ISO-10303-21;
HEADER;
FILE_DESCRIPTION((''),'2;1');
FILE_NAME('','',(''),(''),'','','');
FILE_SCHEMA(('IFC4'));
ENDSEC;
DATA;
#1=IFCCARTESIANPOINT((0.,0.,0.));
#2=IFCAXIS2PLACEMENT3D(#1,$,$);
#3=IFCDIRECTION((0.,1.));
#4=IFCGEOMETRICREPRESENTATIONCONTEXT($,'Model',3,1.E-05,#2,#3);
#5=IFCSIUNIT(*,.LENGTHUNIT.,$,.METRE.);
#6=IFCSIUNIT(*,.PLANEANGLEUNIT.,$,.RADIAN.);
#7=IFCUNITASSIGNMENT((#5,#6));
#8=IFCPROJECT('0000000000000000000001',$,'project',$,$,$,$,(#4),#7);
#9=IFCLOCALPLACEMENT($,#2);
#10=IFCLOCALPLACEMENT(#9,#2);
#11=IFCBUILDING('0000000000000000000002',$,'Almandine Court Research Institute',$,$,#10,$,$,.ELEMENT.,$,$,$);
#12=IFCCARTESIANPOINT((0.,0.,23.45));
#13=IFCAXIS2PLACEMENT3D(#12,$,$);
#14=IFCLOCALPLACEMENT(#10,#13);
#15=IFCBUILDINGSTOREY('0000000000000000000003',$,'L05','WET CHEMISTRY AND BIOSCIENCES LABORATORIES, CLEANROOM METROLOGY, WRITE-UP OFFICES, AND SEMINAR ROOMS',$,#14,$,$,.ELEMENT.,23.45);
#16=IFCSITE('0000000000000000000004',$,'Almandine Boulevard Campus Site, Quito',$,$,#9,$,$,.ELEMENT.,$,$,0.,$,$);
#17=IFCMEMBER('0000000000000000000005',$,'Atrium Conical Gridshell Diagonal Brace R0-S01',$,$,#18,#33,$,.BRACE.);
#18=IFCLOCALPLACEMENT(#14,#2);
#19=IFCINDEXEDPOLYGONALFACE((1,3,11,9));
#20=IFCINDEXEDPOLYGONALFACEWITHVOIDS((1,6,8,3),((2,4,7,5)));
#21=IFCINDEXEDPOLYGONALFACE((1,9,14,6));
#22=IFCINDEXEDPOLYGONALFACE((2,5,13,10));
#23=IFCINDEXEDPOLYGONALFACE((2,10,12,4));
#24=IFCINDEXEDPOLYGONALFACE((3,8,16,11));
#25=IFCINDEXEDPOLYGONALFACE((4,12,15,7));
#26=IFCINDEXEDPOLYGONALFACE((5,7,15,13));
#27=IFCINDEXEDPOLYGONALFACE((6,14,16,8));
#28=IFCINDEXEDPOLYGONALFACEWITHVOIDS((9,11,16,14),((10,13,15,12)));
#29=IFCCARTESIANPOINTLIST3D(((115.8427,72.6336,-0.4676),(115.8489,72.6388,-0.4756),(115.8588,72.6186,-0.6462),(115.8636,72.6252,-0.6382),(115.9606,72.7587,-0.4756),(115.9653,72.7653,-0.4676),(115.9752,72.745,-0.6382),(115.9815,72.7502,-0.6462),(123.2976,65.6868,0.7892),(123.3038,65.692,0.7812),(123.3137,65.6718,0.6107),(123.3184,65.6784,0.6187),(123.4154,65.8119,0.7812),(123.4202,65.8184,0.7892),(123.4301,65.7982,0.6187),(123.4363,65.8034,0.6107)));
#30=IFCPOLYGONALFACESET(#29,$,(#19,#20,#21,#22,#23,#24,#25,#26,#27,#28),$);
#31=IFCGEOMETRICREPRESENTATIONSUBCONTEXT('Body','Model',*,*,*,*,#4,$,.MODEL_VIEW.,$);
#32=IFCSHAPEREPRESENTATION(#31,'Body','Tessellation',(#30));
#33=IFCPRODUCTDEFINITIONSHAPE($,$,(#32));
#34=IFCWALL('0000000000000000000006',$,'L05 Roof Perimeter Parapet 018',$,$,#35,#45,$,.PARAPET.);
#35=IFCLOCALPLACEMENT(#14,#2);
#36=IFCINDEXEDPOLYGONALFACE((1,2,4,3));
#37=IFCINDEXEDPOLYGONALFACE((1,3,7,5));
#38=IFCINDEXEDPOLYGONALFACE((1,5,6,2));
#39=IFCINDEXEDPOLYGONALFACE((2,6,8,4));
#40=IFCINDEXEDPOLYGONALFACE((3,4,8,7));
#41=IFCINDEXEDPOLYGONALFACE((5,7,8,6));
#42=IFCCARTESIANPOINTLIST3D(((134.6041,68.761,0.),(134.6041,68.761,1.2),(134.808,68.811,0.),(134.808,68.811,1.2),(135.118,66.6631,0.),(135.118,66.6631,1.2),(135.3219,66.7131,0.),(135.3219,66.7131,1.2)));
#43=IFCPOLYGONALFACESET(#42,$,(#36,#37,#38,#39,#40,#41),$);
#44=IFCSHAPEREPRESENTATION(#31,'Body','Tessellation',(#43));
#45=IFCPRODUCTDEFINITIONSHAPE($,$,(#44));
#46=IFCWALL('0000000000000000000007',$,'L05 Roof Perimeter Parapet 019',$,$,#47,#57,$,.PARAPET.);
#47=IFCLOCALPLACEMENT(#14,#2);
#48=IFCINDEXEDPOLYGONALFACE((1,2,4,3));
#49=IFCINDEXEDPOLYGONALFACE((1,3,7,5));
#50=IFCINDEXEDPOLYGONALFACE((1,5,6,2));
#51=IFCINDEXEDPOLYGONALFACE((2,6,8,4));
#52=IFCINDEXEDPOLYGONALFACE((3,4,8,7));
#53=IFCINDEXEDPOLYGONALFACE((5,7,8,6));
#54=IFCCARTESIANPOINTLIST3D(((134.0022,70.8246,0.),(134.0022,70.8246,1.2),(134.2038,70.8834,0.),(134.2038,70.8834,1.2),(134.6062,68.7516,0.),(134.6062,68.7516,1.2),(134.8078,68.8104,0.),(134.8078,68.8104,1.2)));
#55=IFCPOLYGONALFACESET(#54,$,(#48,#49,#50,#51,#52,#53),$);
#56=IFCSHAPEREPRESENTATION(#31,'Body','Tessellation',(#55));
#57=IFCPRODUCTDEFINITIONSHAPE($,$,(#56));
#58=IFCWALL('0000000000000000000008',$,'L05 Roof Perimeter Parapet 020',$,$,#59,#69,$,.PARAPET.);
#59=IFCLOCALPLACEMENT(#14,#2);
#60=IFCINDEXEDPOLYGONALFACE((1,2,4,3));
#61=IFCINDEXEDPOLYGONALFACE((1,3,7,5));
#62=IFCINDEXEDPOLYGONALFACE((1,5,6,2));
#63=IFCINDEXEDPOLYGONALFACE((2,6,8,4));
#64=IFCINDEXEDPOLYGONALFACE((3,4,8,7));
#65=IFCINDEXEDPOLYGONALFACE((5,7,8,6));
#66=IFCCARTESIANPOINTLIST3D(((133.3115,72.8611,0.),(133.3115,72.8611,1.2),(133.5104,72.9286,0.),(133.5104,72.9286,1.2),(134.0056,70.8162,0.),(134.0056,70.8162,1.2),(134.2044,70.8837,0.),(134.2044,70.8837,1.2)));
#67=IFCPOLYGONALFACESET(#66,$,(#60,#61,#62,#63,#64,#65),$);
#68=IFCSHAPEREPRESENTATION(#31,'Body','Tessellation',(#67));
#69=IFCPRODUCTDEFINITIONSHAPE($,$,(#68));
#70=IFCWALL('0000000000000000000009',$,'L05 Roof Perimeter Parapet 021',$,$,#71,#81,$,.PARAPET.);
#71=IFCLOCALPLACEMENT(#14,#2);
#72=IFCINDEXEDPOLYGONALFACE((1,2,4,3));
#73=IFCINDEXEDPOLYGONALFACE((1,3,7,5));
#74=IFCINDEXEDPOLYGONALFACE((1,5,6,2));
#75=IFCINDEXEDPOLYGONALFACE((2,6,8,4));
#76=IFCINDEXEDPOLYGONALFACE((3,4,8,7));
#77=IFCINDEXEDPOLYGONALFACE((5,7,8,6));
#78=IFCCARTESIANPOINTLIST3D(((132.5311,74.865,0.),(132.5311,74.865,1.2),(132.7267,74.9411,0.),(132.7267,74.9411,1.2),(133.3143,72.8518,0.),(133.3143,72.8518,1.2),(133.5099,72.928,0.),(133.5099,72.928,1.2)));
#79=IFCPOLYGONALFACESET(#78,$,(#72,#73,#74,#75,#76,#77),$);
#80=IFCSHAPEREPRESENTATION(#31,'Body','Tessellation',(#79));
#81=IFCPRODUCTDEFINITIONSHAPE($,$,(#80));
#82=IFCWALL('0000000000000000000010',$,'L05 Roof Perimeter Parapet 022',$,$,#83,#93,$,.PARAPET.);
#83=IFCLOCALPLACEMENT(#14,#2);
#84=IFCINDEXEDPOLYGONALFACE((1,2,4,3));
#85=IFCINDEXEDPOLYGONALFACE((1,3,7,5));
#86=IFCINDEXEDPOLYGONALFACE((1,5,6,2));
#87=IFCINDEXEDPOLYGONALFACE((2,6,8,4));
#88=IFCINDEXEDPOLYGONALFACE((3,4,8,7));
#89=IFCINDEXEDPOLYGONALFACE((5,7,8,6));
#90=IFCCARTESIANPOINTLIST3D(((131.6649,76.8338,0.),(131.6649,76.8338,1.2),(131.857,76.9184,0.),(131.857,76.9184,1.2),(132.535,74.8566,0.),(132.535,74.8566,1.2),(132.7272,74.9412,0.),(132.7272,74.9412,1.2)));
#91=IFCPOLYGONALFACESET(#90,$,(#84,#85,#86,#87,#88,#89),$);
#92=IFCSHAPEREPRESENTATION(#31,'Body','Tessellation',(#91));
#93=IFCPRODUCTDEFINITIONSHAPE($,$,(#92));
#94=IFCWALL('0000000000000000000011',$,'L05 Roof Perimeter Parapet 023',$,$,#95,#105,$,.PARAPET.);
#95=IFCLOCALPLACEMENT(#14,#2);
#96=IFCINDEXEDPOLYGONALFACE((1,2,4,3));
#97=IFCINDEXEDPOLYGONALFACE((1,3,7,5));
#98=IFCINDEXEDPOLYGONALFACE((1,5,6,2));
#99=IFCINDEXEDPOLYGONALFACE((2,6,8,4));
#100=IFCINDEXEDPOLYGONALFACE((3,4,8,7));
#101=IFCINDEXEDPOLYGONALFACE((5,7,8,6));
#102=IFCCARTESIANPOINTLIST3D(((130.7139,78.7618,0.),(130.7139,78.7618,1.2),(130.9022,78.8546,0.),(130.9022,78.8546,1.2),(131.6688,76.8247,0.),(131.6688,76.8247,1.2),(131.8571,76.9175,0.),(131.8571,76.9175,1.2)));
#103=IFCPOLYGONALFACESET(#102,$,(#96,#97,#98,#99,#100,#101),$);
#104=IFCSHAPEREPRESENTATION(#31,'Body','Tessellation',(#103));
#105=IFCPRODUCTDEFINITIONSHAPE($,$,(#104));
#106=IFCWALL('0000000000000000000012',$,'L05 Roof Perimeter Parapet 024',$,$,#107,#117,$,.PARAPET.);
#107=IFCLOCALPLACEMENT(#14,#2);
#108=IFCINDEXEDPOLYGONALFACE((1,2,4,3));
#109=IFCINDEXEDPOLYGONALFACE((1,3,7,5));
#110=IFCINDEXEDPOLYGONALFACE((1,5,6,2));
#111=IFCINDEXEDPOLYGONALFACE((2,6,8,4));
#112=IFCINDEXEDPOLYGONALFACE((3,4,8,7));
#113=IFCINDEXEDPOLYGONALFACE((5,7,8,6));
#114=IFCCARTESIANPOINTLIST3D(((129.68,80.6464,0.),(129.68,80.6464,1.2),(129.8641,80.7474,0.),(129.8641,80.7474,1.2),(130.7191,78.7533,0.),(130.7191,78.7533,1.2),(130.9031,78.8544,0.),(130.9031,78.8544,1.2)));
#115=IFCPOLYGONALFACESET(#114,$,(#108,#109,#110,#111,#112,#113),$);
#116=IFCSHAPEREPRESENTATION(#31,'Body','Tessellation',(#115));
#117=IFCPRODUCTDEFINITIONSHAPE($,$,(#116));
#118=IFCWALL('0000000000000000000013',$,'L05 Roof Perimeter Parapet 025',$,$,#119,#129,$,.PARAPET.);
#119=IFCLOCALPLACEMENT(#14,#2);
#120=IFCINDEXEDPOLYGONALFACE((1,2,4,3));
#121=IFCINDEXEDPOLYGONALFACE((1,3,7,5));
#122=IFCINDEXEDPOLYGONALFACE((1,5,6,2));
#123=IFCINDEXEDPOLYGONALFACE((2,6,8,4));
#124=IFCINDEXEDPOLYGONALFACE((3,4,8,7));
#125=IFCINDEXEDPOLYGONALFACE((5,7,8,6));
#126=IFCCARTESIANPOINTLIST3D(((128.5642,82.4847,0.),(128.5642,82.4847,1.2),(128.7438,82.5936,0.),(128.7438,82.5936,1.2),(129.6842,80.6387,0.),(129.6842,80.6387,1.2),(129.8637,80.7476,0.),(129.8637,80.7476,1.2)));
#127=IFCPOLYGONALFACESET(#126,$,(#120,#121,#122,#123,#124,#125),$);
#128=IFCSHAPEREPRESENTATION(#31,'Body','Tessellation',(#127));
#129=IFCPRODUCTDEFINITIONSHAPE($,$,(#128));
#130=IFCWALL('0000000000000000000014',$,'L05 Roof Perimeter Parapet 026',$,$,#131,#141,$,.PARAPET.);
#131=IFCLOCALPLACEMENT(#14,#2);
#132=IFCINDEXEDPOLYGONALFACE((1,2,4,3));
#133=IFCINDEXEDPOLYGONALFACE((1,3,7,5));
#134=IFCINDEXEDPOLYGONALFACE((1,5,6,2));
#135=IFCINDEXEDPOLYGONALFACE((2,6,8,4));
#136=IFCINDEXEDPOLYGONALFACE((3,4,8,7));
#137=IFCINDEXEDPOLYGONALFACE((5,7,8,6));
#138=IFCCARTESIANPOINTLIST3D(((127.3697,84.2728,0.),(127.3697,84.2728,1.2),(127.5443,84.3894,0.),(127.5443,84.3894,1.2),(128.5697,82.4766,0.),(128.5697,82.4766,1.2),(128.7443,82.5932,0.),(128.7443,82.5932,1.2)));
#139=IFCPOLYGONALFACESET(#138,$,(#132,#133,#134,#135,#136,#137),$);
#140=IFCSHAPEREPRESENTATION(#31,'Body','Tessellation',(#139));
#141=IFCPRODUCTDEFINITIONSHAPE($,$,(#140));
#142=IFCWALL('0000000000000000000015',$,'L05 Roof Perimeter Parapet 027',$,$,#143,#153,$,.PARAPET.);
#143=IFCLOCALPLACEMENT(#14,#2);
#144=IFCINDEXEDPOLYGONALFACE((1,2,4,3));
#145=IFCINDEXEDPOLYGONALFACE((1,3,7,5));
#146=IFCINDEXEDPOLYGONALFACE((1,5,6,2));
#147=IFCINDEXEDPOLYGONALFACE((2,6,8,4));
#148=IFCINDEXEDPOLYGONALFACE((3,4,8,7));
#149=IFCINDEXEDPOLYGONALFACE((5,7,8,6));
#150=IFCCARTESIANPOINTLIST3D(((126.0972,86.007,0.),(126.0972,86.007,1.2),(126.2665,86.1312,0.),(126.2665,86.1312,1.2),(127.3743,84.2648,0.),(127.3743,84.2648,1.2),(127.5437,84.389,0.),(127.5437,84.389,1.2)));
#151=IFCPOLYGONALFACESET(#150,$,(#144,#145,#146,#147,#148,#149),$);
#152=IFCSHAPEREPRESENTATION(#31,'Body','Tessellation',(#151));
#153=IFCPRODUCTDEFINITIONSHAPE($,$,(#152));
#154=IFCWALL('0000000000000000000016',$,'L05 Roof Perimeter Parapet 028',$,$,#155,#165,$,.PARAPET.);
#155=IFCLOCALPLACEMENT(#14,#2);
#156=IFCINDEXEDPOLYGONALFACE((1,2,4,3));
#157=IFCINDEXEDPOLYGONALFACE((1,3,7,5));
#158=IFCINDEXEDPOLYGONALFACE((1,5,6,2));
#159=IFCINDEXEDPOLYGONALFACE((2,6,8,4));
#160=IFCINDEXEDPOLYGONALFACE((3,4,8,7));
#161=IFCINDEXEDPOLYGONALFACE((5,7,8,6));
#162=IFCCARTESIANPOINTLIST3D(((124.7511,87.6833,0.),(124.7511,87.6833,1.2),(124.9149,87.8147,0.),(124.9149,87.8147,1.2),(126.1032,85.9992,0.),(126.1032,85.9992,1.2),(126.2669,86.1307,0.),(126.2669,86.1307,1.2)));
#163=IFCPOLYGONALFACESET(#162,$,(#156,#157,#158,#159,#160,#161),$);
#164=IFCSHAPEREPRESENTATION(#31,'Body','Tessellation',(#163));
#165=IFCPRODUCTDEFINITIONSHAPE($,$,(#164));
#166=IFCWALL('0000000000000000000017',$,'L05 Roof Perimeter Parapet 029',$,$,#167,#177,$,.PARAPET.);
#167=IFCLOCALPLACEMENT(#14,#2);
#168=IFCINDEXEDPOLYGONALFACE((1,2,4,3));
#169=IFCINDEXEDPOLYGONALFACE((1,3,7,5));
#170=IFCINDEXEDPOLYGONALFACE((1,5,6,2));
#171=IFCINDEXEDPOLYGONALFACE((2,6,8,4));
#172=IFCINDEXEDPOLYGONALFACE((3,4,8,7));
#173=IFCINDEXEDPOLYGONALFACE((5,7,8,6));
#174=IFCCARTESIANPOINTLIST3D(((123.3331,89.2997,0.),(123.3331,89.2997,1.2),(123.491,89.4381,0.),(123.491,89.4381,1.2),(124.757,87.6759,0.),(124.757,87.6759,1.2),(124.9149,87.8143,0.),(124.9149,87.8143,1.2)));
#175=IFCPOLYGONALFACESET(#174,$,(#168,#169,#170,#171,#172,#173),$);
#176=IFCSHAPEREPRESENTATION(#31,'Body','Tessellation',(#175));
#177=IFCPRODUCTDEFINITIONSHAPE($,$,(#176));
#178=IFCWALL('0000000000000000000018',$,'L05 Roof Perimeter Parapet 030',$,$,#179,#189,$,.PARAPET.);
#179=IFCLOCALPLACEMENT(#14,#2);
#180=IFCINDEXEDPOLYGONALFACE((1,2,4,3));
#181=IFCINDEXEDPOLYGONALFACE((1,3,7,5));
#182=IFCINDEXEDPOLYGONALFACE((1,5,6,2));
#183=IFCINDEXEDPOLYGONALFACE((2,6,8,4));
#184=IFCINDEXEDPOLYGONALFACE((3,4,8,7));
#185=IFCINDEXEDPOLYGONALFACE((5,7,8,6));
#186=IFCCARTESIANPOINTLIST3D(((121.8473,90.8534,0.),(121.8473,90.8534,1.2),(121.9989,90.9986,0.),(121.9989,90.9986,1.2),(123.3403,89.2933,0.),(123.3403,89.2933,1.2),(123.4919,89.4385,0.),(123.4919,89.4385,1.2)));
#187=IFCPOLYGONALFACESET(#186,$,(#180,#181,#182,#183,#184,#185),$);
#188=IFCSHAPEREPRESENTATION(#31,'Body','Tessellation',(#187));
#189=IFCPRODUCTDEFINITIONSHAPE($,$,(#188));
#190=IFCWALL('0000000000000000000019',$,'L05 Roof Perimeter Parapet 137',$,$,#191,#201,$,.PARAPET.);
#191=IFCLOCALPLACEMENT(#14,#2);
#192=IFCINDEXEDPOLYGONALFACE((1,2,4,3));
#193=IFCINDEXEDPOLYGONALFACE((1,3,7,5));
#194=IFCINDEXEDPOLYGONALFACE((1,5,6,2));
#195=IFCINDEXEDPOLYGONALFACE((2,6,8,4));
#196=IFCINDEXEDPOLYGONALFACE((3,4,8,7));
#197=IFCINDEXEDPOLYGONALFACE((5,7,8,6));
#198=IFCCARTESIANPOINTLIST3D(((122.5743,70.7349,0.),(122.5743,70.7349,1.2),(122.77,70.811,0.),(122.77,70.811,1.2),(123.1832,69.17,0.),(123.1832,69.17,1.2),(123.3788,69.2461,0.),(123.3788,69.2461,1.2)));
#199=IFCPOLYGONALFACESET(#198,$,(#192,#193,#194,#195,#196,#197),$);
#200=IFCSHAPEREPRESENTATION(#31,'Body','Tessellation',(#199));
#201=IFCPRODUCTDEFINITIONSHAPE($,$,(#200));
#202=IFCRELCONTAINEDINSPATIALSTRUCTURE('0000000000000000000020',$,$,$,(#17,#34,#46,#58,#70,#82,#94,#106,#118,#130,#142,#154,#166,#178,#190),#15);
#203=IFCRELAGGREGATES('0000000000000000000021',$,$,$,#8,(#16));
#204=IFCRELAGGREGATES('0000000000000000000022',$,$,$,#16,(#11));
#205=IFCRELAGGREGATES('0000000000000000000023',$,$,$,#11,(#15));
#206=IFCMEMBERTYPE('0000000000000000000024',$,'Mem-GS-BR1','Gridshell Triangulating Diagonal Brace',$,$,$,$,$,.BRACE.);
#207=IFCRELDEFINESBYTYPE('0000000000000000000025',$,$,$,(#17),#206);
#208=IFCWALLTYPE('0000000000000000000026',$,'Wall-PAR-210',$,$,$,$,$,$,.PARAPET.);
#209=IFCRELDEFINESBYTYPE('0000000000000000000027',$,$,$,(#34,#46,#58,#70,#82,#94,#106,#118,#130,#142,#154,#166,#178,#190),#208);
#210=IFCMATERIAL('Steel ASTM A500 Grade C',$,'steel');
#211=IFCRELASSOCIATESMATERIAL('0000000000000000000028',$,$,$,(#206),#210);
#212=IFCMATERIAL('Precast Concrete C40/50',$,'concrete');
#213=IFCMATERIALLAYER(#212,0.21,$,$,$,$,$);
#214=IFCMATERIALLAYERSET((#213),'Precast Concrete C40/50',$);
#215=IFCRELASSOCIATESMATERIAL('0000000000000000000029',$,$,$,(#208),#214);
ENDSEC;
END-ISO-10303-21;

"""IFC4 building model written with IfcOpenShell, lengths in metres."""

from ifc_helpers import new_model, si_unit, direction, frame, frame_2d, origin, origin_2d, place, context, subcontext, project, spatial, rectangle, hollow_rectangle, extrude, material, layer, layer_set, material_profile, profile_set, type_object, element, save


model = new_model("IFC4")

# Units and contexts
model_context = context("Model", 3, precision=1e-05, world=origin(), true_north=direction((0.0, 1.0)))
body_context = subcontext(model_context, "Body", "Model", "MODEL_VIEW")
ifc_project = project(units=[si_unit("LENGTHUNIT", "METRE"), si_unit("PLANEANGLEUNIT", "RADIAN")], contexts=[model_context])

# Site, building, storey
site_placement = place(None, origin())
site = spatial("IfcSite", under=ifc_project, at=site_placement, Name="Almandine Boulevard Campus Site, Quito", CompositionType="ELEMENT", RefElevation=0.0)
building_placement = place(site_placement, origin())
building = spatial("IfcBuilding", under=site, at=building_placement, Name="Almandine Court Research Institute", CompositionType="ELEMENT")
storey_placement = place(building_placement, frame((0.0, 0.0, 23.45)))
storey = spatial("IfcBuildingStorey", under=building, at=storey_placement, Name="L05", Description="WET CHEMISTRY AND BIOSCIENCES LABORATORIES, CLEANROOM METROLOGY, WRITE-UP OFFICES, AND SEMINAR ROOMS", CompositionType="ELEMENT", Elevation=23.45)

# Member
ifc_material_1 = material(Name="Steel ASTM A500 Grade C", Category="steel")
ifc_material_profile = material_profile(ifc_material_1, hollow_rectangle(XDim=0.1799, YDim=0.1799, WallThickness=0.0081, at=origin_2d()), Name="HSS 180x180x8")
ifc_profile_set = profile_set([ifc_material_profile], Name="Steel ASTM A500 Grade C")
member_type = type_object("IfcMemberType", Name="Mem-GS-BR1", Description="Gridshell Triangulating Diagonal Brace", PredefinedType="BRACE", material=ifc_profile_set)
member_placement = place(storey_placement, frame((123.3669, 65.7451, 0.7), z_axis=(-0.726095, 0.67661, -0.122415), x_axis=(-0.681738, -0.731597, 0.0)))
element("IfcMember", 1, at=member_placement, inside=storey, type_object=member_type, Name="Atrium Conical Gridshell Diagonal Brace R0-S01", PredefinedType="BRACE", context=body_context, shape_type="SweptSolid", body=[
    extrude(hollow_rectangle(XDim=0.1799, YDim=0.1799, WallThickness=0.0081, at=origin_2d()), origin(), (0.0, 0.0, 1.0), 10.2671),
])

# Walls
ifc_material_2 = material(Name="Precast Concrete C40/50", Category="concrete")
ifc_layer_1 = layer(ifc_material_2, 0.21)
ifc_layer_set_1 = layer_set([ifc_layer_1], Name="Precast Concrete C40/50")
wall_type_1 = type_object("IfcWallType", Name="Wall-PAR-210", PredefinedType="PARAPET", material=ifc_layer_set_1)
wall_1_placement = place(storey_placement, frame((135.22, 66.688, 0.0), z_axis=(0.0, 0.0, 1.0), x_axis=(-0.237932, 0.971282, 0.0)))
element("IfcWall", 2, at=wall_1_placement, inside=storey, type_object=wall_type_1, Name="L05 Roof Perimeter Parapet 018", PredefinedType="PARAPET", context=body_context, shape_type="SweptSolid", body=[
    extrude(rectangle(XDim=2.1599, YDim=0.21, at=frame_2d((1.0801, 0.0))), origin(), (0.0, 0.0, 1.0), 1.2),
])
wall_2_placement = place(storey_placement, frame((134.707, 68.781, 0.0), z_axis=(0.0, 0.0, 1.0), x_axis=(-0.279735, 0.960077, 0.0)))
element("IfcWall", 3, at=wall_2_placement, inside=storey, type_object=wall_type_1, Name="L05 Roof Perimeter Parapet 019", PredefinedType="PARAPET", context=body_context, shape_type="SweptSolid", body=[
    extrude(rectangle(XDim=2.1592, YDim=0.21, at=frame_2d((1.0796, 0.0))), origin(), (0.0, 0.0, 1.0), 1.2),
])
wall_3_placement = place(storey_placement, frame((134.105, 70.8501, 0.0), z_axis=(0.0, 0.0, 1.0), x_axis=(-0.321412, 0.946939, 0.0)))
element("IfcWall", 4, at=wall_3_placement, inside=storey, type_object=wall_type_1, Name="L05 Roof Perimeter Parapet 020", PredefinedType="PARAPET", context=body_context, shape_type="SweptSolid", body=[
    extrude(rectangle(XDim=2.1594, YDim=0.21, at=frame_2d((1.0796, 0.0))), origin(), (0.0, 0.0, 1.0), 1.2),
])
for number, where, z_axis, x_axis, name in (
    (5, (133.4121, 72.8899, 0.0), (0.0, 0.0, 1.0), (-0.362566, 0.931958, 0.0), "L05 Roof Perimeter Parapet 021"),
    (6, (132.6311, 74.8989, 0.0), (0.0, 0.0, 1.0), (-0.402822, 0.915278, 0.0), "L05 Roof Perimeter Parapet 022"),
):
    element("IfcWall", number, at=place(storey_placement, frame(where, z_axis=z_axis, x_axis=x_axis)), inside=storey, type_object=wall_type_1, Name=name, PredefinedType="PARAPET", context=body_context, shape_type="SweptSolid", body=[
        extrude(rectangle(XDim=2.1602, YDim=0.21, at=frame_2d((1.0801, 0.0))), origin(), (0.0, 0.0, 1.0), 1.2),
    ])
wall_4_placement = place(storey_placement, frame((131.7629, 76.8711, 0.0), z_axis=(0.0, 0.0, 1.0), x_axis=(-0.442142, 0.896945, 0.0)))
element("IfcWall", 7, at=wall_4_placement, inside=storey, type_object=wall_type_1, Name="L05 Roof Perimeter Parapet 023", PredefinedType="PARAPET", context=body_context, shape_type="SweptSolid", body=[
    extrude(rectangle(XDim=2.1597, YDim=0.21, at=frame_2d((1.0798, 0.0))), origin(), (0.0, 0.0, 1.0), 1.2),
])
wall_5_placement = place(storey_placement, frame((130.811, 78.804, 0.0), z_axis=(0.0, 0.0, 1.0), x_axis=(-0.481163, 0.876631, 0.0)))
element("IfcWall", 8, at=wall_5_placement, inside=storey, type_object=wall_type_1, Name="L05 Roof Perimeter Parapet 024", PredefinedType="PARAPET", context=body_context, shape_type="SweptSolid", body=[
    extrude(rectangle(XDim=2.1594, YDim=0.21, at=frame_2d((1.0796, 0.0))), origin(), (0.0, 0.0, 1.0), 1.2),
])
wall_6_placement = place(storey_placement, frame((129.7739, 80.6931, 0.0), z_axis=(0.0, 0.0, 1.0), x_axis=(-0.51868, 0.854968, 0.0)))
element("IfcWall", 9, at=wall_6_placement, inside=storey, type_object=wall_type_1, Name="L05 Roof Perimeter Parapet 025", PredefinedType="PARAPET", context=body_context, shape_type="SweptSolid", body=[
    extrude(rectangle(XDim=2.1592, YDim=0.21, at=frame_2d((1.0796, 0.0))), origin(), (0.0, 0.0, 1.0), 1.2),
])
for number, where, z_axis, x_axis, name in (
    (10, (128.657, 82.5349, 0.0), (0.0, 0.0, 1.0), (-0.555508, 0.831511, 0.0), "L05 Roof Perimeter Parapet 026"),
    (11, (127.459, 84.3269, 0.0), (0.0, 0.0, 1.0), (-0.591212, 0.806516, 0.0), "L05 Roof Perimeter Parapet 027"),
):
    element("IfcWall", number, at=place(storey_placement, frame(where, z_axis=z_axis, x_axis=x_axis)), inside=storey, type_object=wall_type_1, Name=name, PredefinedType="PARAPET", context=body_context, shape_type="SweptSolid", body=[
        extrude(rectangle(XDim=2.1602, YDim=0.21, at=frame_2d((1.0801, 0.0))), origin(), (0.0, 0.0, 1.0), 1.2),
    ])
for number, where, z_axis, x_axis, name in (
    (12, (126.1851, 86.0649, 0.0), (0.0, 0.0, 1.0), (-0.626045, 0.779787, 0.0), "L05 Roof Perimeter Parapet 028"),
    (13, (124.8359, 87.7451, 0.0), (0.0, 0.0, 1.0), (-0.659297, 0.751883, 0.0), "L05 Roof Perimeter Parapet 029"),
):
    element("IfcWall", number, at=place(storey_placement, frame(where, z_axis=z_axis, x_axis=x_axis)), inside=storey, type_object=wall_type_1, Name=name, PredefinedType="PARAPET", context=body_context, shape_type="SweptSolid", body=[
        extrude(rectangle(XDim=2.1597, YDim=0.21, at=frame_2d((1.0798, 0.0))), origin(), (0.0, 0.0, 1.0), 1.2),
    ])
wall_7_placement = place(storey_placement, frame((123.416, 89.366, 0.0), z_axis=(0.0, 0.0, 1.0), x_axis=(-0.691389, 0.722482, 0.0)))
element("IfcWall", 14, at=wall_7_placement, inside=storey, type_object=wall_type_1, Name="L05 Roof Perimeter Parapet 030", PredefinedType="PARAPET", context=body_context, shape_type="SweptSolid", body=[
    extrude(rectangle(XDim=2.1594, YDim=0.21, at=frame_2d((1.0796, 0.0))), origin(), (0.0, 0.0, 1.0), 1.2),
])
wall_8_placement = place(storey_placement, frame((122.6721, 70.7729, 0.0), z_axis=(0.0, 0.0, 1.0), x_axis=(0.362601, -0.931945, 0.0)))
element("IfcWall", 15, at=wall_8_placement, inside=storey, type_object=wall_type_1, Name="L05 Roof Perimeter Parapet 137", PredefinedType="PARAPET", context=body_context, shape_type="SweptSolid", body=[
    extrude(rectangle(XDim=1.6792, YDim=0.21, at=frame_2d((0.8396, 0.0))), origin(), (0.0, 0.0, 1.0), 1.2),
])

save(model, "model.ifc")
